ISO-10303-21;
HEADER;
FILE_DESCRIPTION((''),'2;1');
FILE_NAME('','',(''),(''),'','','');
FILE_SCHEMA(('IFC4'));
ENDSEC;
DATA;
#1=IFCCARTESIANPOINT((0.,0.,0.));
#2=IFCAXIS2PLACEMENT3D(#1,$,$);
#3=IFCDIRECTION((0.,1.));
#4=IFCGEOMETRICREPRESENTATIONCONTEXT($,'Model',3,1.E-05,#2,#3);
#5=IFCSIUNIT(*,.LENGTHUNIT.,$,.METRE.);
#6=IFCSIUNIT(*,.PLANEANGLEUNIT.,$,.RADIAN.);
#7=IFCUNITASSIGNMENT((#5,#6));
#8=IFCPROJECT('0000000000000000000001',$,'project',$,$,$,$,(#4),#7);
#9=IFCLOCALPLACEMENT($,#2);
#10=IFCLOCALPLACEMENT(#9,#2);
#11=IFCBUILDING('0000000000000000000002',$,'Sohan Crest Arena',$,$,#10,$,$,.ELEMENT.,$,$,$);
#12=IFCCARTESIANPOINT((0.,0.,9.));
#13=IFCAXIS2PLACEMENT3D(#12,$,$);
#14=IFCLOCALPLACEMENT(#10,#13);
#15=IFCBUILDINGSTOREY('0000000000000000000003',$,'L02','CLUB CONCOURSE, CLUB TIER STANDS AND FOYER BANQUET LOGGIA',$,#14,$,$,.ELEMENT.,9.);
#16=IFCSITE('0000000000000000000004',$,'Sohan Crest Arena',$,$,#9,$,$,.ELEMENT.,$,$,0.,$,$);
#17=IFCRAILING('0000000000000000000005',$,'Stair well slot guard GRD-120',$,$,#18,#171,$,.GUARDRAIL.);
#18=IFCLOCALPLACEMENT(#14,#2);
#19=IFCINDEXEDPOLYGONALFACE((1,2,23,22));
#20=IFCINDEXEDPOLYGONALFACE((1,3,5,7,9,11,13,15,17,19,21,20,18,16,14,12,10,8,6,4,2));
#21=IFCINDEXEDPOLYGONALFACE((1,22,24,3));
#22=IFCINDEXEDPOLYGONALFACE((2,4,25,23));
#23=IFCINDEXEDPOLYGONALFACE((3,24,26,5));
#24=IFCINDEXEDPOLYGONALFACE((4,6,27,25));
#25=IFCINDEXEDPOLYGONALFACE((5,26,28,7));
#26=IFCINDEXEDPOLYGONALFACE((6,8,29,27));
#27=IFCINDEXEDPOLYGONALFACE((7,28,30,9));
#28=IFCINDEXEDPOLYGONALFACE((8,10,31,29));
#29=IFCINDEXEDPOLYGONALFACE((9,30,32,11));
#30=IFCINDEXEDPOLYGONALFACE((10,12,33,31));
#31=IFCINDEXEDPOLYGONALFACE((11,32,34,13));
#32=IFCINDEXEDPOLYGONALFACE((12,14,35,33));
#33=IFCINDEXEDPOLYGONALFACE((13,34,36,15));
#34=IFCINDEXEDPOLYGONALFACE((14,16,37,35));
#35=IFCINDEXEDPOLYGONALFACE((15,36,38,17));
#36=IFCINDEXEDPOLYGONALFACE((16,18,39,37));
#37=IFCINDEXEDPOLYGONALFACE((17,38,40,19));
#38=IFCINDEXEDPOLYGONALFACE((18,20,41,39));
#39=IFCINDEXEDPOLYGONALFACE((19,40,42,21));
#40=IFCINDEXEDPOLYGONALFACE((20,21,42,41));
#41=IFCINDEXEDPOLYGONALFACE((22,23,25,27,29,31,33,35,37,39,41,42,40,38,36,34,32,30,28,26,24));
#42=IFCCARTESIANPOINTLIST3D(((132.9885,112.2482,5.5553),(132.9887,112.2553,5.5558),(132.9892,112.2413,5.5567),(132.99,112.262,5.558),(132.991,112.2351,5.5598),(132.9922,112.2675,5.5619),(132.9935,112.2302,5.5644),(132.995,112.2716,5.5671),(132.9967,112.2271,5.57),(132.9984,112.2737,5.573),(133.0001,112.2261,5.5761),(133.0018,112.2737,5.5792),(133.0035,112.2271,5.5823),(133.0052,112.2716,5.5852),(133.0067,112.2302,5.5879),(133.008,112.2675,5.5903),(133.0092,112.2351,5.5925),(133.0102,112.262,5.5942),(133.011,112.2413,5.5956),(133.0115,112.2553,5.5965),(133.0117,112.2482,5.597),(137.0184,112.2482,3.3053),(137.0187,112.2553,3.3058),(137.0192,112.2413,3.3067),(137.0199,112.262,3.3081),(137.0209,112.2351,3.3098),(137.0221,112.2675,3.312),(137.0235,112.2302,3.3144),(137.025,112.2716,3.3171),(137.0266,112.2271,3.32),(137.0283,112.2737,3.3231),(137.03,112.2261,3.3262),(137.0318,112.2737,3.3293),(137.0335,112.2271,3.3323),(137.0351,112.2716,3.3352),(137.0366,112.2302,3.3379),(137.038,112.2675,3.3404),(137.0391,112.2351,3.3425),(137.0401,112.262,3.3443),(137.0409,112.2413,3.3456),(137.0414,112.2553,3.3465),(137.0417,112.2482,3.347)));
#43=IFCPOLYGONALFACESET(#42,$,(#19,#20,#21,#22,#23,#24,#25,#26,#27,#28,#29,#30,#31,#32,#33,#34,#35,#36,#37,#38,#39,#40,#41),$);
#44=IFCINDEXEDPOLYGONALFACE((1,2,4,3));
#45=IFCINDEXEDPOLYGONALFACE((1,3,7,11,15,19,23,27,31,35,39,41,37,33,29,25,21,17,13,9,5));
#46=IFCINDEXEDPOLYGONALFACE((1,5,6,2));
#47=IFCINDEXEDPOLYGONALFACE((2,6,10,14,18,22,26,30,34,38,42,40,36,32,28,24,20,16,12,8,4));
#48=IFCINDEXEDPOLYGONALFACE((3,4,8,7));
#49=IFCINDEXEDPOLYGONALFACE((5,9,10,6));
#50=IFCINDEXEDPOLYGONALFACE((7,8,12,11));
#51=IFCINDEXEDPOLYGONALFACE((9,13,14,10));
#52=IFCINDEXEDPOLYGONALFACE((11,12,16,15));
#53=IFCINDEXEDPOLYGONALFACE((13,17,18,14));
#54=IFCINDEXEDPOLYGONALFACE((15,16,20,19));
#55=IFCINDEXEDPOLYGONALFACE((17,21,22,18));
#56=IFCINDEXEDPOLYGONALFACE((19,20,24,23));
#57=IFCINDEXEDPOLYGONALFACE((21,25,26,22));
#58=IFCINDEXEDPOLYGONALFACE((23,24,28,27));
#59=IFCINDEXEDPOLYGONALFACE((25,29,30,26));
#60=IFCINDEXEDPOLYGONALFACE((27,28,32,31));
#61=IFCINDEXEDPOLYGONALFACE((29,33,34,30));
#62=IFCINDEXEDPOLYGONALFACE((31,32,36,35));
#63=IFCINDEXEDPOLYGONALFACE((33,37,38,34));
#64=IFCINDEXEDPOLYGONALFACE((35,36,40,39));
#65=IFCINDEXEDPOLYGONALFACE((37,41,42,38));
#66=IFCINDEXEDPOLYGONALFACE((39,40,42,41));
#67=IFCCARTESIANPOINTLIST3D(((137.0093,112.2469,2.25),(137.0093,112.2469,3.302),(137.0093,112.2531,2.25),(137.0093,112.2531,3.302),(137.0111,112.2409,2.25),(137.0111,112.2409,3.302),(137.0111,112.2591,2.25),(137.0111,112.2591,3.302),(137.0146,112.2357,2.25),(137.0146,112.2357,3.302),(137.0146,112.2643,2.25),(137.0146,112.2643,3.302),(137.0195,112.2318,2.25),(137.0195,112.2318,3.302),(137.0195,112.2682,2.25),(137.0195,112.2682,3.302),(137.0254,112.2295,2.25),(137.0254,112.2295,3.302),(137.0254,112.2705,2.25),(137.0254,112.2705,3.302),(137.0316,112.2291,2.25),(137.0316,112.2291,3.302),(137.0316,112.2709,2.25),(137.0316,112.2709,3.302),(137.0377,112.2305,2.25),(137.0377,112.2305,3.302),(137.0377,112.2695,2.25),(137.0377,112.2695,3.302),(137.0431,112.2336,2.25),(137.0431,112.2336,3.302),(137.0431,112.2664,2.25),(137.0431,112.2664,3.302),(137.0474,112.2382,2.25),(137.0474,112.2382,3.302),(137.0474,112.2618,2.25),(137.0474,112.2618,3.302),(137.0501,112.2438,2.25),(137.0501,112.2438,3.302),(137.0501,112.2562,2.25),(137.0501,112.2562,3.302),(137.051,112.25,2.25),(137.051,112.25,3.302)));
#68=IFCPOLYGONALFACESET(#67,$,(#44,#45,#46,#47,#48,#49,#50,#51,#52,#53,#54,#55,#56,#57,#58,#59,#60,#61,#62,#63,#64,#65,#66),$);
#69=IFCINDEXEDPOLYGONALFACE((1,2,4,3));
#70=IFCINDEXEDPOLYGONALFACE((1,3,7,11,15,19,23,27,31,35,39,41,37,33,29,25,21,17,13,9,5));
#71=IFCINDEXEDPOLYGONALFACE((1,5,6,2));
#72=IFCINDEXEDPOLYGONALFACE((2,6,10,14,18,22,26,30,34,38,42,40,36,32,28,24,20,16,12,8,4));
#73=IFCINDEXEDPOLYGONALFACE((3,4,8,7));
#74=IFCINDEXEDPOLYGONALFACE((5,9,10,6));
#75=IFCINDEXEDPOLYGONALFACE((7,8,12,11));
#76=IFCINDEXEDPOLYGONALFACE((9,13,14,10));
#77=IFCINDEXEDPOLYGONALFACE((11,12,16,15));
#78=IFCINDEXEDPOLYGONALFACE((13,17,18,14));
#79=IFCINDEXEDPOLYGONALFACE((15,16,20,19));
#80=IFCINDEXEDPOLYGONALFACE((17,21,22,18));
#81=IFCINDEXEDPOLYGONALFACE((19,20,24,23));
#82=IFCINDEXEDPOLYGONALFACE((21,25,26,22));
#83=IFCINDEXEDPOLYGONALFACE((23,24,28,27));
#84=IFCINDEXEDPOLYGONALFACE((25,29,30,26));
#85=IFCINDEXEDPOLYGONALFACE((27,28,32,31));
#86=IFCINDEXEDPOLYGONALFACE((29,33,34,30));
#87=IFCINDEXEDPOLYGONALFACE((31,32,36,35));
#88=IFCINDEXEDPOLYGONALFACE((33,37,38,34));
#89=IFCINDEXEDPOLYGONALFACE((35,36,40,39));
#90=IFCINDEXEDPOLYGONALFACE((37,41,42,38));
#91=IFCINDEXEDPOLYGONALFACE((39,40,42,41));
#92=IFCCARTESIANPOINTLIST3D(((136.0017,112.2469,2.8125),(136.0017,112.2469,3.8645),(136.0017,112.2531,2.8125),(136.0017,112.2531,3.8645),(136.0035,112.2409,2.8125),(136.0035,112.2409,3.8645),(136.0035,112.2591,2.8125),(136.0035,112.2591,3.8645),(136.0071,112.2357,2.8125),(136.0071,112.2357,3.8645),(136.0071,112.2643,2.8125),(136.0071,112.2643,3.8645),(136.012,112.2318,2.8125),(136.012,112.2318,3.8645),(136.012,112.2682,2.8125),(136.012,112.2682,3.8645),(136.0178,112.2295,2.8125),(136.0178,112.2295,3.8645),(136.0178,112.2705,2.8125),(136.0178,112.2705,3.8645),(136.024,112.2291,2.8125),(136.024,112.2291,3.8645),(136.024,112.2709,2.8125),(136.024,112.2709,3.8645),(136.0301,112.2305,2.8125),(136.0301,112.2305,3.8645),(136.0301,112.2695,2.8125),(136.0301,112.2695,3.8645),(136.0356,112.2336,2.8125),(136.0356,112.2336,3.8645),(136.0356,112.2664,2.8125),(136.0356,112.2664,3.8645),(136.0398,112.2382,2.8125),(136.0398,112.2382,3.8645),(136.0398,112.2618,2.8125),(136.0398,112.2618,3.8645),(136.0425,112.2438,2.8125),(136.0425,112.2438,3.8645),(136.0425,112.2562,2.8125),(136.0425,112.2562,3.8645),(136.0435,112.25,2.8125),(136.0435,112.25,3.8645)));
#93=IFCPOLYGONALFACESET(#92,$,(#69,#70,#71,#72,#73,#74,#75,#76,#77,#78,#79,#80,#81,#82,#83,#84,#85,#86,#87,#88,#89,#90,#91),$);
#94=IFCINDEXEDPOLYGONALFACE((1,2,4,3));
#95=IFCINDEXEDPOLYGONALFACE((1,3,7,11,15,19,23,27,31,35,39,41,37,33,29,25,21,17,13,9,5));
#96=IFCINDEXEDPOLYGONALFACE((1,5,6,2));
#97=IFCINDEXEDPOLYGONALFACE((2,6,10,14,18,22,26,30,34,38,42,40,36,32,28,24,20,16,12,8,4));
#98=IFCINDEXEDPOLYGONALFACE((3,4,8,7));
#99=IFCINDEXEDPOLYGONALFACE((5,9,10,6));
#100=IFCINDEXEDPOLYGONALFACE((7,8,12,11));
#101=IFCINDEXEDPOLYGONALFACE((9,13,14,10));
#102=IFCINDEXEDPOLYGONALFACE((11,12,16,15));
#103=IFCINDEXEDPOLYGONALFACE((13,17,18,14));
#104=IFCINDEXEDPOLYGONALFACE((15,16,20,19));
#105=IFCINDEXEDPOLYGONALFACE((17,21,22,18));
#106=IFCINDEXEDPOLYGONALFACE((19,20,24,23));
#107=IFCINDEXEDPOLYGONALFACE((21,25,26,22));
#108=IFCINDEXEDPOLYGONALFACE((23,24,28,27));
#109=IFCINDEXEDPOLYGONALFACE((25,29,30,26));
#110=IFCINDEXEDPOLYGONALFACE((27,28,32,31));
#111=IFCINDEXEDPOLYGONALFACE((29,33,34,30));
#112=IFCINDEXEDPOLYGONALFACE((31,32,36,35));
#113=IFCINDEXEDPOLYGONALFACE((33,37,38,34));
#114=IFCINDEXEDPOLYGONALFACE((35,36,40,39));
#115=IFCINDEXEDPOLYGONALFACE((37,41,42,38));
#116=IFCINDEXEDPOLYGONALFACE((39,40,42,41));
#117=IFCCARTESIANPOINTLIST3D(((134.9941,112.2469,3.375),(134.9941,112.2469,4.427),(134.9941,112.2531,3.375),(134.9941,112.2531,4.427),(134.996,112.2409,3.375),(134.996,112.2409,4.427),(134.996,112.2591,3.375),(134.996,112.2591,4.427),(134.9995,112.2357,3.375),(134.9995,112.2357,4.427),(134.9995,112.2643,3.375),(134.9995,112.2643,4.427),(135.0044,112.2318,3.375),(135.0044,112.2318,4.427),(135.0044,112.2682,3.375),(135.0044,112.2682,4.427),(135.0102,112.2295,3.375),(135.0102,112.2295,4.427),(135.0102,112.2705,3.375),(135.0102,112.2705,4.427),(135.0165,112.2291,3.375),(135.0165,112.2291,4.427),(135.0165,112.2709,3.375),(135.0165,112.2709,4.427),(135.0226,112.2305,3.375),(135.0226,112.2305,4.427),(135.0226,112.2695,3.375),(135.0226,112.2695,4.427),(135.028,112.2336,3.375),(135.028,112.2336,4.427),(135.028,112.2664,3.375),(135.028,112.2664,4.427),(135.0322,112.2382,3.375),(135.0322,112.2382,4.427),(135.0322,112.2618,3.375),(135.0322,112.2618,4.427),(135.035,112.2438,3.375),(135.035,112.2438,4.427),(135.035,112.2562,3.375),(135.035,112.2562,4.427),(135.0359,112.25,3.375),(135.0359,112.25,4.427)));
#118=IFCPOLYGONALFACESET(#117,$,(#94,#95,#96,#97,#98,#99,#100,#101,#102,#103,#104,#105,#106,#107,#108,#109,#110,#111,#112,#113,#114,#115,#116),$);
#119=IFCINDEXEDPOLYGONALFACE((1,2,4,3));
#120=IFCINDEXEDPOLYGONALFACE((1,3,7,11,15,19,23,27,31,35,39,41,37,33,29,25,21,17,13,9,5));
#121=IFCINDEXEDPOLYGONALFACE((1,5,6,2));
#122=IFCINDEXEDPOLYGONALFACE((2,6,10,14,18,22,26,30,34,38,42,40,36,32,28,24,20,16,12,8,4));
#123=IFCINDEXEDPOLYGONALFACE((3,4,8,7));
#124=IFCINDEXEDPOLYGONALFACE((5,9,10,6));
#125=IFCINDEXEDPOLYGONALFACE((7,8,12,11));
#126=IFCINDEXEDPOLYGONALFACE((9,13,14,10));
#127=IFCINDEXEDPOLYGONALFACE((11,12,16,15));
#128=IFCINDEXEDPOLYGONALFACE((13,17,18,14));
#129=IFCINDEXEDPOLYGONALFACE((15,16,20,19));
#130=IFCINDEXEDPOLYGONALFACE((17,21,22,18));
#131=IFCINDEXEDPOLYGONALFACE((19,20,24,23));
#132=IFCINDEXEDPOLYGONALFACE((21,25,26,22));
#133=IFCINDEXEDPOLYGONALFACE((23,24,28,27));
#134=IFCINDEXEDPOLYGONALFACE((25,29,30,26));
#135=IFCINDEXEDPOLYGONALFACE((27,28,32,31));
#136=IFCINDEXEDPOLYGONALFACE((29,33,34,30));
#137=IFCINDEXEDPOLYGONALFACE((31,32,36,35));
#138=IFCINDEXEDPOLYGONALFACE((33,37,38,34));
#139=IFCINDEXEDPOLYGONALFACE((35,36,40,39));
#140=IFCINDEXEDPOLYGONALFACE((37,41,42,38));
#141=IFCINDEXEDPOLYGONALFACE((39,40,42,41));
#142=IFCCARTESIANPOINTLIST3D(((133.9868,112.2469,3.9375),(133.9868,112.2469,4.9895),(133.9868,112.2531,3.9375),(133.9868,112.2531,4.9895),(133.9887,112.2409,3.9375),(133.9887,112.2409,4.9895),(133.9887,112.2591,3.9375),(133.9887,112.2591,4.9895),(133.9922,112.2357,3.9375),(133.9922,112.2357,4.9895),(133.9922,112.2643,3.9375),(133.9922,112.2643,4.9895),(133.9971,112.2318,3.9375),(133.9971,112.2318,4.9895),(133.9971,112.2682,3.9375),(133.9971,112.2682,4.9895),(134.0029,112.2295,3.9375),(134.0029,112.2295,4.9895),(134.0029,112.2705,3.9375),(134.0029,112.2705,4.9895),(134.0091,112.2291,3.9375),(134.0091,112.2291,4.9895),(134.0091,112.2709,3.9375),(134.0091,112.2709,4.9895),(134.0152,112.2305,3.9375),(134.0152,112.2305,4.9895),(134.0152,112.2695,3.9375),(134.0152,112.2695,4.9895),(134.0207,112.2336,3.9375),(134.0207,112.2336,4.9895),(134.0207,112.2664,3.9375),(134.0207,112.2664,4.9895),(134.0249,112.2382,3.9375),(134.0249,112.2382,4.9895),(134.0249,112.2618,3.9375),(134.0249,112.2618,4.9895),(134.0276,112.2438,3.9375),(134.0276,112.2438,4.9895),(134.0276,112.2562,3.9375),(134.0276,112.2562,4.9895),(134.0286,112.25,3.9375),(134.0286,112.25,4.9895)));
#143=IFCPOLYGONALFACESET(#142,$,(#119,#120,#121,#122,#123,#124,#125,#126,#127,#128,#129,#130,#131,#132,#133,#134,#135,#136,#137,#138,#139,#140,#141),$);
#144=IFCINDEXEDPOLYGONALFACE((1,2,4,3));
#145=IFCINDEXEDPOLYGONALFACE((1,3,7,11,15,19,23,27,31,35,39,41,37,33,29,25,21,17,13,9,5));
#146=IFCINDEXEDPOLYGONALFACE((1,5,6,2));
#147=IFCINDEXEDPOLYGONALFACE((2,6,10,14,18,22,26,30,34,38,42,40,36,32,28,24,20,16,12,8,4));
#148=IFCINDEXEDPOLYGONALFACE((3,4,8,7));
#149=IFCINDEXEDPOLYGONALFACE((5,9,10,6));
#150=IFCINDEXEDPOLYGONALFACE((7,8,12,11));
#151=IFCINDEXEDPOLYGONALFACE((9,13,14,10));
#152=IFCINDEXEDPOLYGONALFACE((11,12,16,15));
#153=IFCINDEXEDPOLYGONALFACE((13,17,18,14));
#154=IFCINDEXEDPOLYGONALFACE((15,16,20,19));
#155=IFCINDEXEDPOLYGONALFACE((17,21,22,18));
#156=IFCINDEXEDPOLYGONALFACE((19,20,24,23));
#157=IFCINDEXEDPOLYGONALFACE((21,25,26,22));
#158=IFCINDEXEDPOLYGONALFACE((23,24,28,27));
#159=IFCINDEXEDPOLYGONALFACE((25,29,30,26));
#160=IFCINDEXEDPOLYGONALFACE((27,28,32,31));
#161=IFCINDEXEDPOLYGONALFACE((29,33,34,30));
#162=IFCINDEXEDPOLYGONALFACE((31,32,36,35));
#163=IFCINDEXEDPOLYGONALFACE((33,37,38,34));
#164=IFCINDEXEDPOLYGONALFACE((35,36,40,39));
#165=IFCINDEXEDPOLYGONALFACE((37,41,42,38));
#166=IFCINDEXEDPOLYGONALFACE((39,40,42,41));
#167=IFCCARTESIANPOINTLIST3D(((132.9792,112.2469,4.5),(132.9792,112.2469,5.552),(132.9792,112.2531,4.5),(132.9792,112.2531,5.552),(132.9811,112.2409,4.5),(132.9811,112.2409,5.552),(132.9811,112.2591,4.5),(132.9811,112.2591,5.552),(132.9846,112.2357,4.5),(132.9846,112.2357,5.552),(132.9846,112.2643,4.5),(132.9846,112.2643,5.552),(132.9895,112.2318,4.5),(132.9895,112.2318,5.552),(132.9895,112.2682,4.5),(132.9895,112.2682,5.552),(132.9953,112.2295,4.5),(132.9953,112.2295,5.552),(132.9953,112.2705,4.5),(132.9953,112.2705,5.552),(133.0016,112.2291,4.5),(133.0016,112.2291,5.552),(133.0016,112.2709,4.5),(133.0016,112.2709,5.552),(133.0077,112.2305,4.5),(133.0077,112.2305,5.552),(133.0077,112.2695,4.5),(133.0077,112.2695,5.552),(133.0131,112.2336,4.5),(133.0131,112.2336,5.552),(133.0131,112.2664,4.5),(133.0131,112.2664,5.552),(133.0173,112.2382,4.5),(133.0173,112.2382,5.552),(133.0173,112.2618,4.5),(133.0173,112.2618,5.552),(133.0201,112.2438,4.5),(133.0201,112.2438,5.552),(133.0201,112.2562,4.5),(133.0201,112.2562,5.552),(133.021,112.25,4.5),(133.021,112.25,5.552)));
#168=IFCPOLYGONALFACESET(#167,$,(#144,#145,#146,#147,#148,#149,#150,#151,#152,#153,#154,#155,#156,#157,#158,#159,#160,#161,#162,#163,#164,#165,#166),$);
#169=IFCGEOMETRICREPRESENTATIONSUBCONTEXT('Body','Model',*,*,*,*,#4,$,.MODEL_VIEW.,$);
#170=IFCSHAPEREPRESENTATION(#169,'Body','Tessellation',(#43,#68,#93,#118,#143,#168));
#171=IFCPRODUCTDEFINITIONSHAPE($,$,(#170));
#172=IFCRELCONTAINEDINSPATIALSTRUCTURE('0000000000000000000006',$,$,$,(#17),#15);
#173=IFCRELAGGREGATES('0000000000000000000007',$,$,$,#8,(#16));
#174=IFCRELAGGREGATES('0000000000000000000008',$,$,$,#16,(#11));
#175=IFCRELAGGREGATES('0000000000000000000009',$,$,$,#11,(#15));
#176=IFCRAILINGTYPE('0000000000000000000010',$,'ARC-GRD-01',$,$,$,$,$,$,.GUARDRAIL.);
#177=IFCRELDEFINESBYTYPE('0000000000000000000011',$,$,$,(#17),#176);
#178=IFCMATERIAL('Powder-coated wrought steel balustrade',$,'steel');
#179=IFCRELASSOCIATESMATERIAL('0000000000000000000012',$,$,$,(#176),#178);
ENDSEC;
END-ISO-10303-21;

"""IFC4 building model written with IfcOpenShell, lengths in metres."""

from ifc_helpers import new_model, si_unit, direction, frame, origin, origin_2d, place, context, subcontext, project, spatial, circle, extrude, material, type_object, element, save


model = new_model("IFC4")

# Units and contexts
model_context = context("Model", 3, precision=1e-05, world=origin(), true_north=direction((0.0, 1.0)))
body_context = subcontext(model_context, "Body", "Model", "MODEL_VIEW")
ifc_project = project(units=[si_unit("LENGTHUNIT", "METRE"), si_unit("PLANEANGLEUNIT", "RADIAN")], contexts=[model_context])

# Site, building, storey
site_placement = place(None, origin())
site = spatial("IfcSite", under=ifc_project, at=site_placement, Name="Sohan Crest Arena", CompositionType="ELEMENT", RefElevation=0.0)
building_placement = place(site_placement, origin())
building = spatial("IfcBuilding", under=site, at=building_placement, Name="Sohan Crest Arena", CompositionType="ELEMENT")
storey_placement = place(building_placement, frame((0.0, 0.0, 9.0)))
storey = spatial("IfcBuildingStorey", under=building, at=storey_placement, Name="L02", Description="CLUB CONCOURSE, CLUB TIER STANDS AND FOYER BANQUET LOGGIA", CompositionType="ELEMENT", Elevation=9.0)

# Railing
ifc_material_1 = material(Name="Powder-coated wrought steel balustrade", Category="steel")
railing_type_1 = type_object("IfcRailingType", Name="ARC-GRD-01", PredefinedType="GUARDRAIL", material=ifc_material_1)
railing_1_placement = place(storey_placement, frame((137.03, 112.25, 2.25)))
element("IfcRailing", 1, at=railing_1_placement, inside=storey, type_object=railing_type_1, Name="Stair well slot guard GRD-120", PredefinedType="GUARDRAIL", context=body_context, shape_type="SweptSolid", body=[
    extrude(circle(Radius=0.0239, at=origin_2d()), frame((0.0, 0.0, 1.0762), z_axis=(-0.873135, 0.0, 0.487479), x_axis=(0.0, -1.0, 0.0)), (0.0, 0.0, 1.0), 4.6155),
    extrude(circle(Radius=0.021, at=origin_2d()), origin(), (0.0, 0.0, 1.0), 1.052),
    extrude(circle(Radius=0.021, at=origin_2d()), frame((-1.0076, 0.0, 0.5625)), (0.0, 0.0, 1.0), 1.052),
    extrude(circle(Radius=0.021, at=origin_2d()), frame((-2.0151, 0.0, 1.125)), (0.0, 0.0, 1.0), 1.052),
    extrude(circle(Radius=0.021, at=origin_2d()), frame((-3.0225, 0.0, 1.6875)), (0.0, 0.0, 1.0), 1.052),
    extrude(circle(Radius=0.021, at=origin_2d()), frame((-4.03, 0.0, 2.25)), (0.0, 0.0, 1.0), 1.052),
])

save(model, "model.ifc")
